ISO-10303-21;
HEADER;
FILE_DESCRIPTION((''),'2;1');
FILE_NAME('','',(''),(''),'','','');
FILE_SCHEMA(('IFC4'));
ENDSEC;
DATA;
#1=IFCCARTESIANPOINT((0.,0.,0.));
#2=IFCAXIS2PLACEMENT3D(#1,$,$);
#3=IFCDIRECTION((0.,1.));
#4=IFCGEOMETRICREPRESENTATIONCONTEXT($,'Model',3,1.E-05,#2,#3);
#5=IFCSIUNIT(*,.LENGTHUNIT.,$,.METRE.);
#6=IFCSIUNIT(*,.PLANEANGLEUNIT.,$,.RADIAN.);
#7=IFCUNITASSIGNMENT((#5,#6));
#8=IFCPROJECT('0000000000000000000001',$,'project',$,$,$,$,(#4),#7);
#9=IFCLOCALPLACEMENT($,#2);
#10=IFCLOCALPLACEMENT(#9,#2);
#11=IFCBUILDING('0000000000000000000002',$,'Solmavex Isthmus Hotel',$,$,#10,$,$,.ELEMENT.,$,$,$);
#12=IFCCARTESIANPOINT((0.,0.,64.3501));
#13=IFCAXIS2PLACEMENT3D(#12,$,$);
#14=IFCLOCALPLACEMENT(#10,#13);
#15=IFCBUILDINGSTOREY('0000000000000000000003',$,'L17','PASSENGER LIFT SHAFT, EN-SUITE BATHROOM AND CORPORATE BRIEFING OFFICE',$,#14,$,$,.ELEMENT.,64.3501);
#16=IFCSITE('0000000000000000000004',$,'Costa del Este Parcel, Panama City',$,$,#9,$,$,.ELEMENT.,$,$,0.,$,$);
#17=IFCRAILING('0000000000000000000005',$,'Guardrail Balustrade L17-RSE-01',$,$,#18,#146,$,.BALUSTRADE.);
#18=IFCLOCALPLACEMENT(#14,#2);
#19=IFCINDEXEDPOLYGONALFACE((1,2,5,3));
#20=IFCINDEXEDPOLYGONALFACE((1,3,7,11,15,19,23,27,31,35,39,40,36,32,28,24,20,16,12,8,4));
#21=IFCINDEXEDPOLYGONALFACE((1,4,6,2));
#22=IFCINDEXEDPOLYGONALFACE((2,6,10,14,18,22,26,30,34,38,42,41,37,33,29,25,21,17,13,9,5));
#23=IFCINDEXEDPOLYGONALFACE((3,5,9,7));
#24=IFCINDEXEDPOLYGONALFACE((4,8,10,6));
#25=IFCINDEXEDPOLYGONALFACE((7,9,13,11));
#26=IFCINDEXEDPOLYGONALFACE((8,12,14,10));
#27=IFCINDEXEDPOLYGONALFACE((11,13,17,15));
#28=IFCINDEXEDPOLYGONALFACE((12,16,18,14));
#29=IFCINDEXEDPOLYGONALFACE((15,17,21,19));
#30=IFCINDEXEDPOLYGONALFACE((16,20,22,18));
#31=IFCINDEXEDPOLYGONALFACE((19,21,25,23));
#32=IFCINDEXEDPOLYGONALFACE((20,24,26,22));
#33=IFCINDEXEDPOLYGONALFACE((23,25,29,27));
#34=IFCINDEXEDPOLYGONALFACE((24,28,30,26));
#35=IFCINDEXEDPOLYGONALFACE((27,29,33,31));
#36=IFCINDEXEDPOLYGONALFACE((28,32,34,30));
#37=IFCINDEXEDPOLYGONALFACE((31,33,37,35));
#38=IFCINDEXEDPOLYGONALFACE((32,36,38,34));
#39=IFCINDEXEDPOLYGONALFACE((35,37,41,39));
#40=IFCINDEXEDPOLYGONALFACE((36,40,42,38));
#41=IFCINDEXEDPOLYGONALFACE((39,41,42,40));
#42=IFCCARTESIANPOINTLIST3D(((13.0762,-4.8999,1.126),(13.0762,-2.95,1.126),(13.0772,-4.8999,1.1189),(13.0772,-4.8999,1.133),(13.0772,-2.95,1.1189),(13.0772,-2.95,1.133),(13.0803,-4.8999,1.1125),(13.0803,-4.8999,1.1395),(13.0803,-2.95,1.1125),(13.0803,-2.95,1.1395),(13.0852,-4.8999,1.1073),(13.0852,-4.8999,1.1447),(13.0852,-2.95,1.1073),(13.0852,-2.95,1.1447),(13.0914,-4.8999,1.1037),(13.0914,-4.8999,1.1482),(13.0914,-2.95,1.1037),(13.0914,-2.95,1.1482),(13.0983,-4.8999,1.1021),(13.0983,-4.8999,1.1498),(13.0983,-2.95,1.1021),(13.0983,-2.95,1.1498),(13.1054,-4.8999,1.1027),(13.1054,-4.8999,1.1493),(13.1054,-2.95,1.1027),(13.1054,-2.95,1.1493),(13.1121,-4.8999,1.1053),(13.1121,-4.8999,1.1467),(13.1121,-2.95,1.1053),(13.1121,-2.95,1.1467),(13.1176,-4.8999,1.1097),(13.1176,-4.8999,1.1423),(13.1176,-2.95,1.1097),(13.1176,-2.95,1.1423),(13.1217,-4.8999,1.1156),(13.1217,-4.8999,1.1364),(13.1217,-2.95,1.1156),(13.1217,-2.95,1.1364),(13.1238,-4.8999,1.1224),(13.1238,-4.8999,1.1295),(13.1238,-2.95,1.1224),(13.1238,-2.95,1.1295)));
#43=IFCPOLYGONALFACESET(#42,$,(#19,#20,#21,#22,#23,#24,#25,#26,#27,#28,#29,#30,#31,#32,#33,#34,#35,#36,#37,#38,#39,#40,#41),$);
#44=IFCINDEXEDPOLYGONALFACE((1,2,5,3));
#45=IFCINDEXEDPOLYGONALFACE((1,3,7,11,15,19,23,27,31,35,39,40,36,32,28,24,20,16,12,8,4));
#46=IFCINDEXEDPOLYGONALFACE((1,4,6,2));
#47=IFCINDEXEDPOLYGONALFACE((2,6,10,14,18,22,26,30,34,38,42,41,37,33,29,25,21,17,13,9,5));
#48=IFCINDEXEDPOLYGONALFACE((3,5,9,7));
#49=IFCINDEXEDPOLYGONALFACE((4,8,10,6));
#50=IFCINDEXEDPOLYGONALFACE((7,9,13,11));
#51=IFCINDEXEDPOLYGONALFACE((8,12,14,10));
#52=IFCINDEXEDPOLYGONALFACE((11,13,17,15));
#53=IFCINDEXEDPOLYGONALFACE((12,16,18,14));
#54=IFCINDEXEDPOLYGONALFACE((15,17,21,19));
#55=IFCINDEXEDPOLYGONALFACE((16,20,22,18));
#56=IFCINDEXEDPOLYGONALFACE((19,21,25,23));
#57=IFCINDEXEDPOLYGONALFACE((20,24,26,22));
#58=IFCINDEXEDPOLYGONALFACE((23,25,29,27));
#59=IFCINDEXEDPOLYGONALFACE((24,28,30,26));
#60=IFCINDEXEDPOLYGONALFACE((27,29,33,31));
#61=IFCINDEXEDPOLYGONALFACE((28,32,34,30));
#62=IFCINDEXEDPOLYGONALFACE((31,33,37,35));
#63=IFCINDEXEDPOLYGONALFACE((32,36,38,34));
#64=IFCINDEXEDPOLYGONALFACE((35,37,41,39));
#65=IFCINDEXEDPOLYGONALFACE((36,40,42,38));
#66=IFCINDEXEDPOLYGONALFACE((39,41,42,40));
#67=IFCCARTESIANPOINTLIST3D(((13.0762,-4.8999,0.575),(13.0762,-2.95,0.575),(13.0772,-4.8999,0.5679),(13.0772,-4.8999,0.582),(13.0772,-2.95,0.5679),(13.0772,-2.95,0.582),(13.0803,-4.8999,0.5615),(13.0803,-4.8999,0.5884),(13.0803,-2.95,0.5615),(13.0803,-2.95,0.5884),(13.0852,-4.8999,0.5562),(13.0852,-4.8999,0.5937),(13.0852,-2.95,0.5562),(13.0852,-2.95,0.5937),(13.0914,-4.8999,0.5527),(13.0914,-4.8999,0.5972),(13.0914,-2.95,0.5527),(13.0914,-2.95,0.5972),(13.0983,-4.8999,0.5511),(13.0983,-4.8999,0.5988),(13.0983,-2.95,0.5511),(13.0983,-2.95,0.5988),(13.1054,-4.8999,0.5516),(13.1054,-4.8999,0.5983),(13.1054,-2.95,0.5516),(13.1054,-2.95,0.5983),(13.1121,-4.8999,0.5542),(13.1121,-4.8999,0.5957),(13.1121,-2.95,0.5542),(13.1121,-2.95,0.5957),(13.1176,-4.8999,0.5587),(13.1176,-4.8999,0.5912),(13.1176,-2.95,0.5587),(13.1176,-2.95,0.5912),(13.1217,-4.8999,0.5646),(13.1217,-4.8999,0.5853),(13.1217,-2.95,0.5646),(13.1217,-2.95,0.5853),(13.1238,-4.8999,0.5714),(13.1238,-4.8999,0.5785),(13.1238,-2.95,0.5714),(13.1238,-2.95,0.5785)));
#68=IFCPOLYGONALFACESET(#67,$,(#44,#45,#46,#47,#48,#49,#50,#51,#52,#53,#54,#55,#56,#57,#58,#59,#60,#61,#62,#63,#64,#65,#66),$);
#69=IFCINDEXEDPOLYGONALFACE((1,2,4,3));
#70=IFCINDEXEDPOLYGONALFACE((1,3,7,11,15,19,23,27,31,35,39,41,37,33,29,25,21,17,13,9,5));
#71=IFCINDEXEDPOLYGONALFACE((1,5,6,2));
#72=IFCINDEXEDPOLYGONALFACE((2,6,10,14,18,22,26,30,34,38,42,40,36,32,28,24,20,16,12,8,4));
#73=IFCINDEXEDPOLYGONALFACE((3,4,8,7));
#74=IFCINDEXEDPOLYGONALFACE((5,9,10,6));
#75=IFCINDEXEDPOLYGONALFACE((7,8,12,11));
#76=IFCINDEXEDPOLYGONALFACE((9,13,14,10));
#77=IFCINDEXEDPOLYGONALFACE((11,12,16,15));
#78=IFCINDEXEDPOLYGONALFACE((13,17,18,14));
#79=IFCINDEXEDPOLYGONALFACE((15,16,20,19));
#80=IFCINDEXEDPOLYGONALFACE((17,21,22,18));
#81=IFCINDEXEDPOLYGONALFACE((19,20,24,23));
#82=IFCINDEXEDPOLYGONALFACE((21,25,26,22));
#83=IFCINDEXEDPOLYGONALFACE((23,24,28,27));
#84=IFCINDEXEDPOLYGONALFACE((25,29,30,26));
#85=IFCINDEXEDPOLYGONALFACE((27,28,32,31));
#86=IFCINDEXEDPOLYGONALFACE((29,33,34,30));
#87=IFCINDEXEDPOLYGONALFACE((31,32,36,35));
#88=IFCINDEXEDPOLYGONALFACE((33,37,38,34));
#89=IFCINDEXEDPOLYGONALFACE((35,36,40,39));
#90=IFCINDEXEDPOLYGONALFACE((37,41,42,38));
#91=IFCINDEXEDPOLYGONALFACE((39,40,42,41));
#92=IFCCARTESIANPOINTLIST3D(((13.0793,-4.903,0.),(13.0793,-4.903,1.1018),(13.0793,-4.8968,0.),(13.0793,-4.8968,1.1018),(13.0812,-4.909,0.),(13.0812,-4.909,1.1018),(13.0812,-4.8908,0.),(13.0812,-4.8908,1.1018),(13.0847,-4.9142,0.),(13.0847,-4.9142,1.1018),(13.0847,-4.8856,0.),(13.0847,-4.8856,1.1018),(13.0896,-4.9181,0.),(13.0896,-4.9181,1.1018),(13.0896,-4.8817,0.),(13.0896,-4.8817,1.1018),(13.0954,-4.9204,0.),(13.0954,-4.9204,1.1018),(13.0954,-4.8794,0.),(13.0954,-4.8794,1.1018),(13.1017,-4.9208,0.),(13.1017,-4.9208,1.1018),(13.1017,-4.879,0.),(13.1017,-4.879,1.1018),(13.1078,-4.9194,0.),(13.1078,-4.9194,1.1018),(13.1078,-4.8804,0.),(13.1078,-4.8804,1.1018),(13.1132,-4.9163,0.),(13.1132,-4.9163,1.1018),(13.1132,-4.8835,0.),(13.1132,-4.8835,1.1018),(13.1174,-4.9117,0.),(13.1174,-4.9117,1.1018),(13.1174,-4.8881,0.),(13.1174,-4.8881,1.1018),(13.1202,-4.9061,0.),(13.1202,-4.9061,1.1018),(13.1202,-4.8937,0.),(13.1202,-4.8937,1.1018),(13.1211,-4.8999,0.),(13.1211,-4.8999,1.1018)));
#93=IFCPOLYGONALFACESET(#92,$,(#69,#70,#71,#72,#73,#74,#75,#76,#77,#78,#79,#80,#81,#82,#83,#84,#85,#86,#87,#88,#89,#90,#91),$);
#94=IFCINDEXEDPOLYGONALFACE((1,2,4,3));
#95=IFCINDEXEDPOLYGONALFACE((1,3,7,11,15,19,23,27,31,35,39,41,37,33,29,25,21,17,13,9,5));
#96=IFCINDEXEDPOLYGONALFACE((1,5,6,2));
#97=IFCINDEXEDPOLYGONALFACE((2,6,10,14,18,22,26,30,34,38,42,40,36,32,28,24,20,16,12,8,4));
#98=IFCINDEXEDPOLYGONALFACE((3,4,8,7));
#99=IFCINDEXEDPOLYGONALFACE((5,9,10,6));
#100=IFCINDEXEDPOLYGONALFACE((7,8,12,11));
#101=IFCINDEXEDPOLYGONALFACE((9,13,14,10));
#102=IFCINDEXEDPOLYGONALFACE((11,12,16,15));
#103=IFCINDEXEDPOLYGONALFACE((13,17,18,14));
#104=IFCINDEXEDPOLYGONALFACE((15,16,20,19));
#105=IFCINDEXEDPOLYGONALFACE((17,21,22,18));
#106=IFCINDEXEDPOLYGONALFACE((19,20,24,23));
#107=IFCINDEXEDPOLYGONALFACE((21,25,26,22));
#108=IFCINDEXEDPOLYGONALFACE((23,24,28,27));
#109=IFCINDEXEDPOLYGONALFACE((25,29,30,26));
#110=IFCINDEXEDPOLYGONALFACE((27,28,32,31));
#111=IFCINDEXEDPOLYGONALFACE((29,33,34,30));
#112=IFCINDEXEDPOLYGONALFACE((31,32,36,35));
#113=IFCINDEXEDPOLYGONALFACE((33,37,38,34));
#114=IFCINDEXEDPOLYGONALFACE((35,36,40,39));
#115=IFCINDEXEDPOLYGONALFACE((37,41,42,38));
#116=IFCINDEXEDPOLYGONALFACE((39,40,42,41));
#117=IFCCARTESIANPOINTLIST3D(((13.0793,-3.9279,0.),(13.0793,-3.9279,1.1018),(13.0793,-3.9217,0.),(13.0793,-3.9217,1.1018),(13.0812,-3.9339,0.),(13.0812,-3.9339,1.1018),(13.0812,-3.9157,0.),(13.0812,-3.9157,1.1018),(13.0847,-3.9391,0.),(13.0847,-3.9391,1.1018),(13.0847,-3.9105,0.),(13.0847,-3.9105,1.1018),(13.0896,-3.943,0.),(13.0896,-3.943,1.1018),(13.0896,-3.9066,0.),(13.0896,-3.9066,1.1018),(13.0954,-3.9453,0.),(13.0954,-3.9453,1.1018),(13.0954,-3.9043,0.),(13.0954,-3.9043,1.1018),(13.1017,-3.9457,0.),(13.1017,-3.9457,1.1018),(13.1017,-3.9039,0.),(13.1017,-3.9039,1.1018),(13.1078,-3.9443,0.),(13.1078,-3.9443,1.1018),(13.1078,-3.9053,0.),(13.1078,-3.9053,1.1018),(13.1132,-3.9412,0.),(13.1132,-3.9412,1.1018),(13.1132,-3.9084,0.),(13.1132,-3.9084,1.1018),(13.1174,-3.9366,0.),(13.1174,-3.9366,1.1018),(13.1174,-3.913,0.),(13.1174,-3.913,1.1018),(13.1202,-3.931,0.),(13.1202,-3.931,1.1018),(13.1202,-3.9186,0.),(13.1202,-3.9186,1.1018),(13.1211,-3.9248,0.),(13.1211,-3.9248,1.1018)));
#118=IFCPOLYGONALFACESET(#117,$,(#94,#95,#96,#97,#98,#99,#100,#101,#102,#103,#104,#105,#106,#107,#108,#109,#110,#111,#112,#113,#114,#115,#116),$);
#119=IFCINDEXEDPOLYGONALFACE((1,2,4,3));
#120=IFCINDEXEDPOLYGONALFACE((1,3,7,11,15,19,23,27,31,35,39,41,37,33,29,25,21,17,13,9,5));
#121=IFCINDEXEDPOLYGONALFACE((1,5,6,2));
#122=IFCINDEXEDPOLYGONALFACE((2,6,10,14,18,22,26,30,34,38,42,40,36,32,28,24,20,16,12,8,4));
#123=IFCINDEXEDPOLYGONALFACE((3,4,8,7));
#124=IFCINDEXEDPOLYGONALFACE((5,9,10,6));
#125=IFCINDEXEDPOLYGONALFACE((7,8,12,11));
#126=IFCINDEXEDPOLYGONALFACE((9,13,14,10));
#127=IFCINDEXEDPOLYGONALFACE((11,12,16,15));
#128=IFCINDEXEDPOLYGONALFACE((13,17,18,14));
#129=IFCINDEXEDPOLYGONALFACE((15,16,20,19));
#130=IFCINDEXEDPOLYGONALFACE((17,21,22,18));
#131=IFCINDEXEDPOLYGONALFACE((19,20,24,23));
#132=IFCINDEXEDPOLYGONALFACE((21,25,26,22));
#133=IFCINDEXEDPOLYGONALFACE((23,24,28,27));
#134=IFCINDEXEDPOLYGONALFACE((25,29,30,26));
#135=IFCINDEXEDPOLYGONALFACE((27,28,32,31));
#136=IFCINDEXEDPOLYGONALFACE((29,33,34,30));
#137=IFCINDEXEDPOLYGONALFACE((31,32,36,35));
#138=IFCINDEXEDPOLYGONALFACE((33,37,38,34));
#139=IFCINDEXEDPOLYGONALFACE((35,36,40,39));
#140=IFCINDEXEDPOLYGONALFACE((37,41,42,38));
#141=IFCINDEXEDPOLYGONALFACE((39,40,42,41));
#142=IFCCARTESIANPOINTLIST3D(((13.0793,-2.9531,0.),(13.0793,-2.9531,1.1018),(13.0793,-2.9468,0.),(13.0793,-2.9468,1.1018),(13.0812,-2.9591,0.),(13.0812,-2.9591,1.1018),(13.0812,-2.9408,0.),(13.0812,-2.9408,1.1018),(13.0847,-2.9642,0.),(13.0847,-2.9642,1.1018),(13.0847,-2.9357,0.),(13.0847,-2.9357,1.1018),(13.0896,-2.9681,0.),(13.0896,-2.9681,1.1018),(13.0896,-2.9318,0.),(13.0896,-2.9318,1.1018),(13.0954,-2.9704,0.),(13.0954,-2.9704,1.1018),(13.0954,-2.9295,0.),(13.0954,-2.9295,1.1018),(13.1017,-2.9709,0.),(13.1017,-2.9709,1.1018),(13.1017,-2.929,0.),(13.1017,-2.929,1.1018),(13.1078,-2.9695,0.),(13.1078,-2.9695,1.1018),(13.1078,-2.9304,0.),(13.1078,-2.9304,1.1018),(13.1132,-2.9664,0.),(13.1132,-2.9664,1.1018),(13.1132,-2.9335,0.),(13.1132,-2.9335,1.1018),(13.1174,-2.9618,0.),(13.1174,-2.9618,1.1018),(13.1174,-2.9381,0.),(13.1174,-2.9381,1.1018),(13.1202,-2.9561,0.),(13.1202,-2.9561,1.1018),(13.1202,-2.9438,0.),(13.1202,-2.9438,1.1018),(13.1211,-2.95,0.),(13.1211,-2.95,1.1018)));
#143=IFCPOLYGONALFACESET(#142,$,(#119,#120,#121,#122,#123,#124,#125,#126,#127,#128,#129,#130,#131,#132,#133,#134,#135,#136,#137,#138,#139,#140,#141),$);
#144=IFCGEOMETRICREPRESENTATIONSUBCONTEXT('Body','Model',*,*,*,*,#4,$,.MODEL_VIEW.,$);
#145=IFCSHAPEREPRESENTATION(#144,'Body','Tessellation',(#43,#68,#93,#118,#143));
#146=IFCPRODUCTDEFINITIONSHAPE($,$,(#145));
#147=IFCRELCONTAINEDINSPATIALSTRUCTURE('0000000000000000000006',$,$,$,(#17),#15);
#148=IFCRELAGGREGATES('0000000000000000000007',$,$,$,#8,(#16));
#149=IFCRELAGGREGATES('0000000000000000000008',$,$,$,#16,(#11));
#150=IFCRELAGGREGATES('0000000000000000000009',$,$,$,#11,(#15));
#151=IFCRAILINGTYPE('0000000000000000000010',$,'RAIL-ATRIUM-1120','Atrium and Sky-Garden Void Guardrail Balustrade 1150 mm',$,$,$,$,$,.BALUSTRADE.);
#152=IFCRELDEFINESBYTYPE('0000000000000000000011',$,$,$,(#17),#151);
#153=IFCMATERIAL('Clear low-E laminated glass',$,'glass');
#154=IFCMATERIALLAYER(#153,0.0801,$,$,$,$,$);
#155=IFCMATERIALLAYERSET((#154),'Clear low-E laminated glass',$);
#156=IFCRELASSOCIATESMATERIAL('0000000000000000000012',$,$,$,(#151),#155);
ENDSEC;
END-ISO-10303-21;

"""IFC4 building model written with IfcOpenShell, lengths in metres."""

from ifc_helpers import new_model, si_unit, direction, frame, origin, origin_2d, place, context, subcontext, project, spatial, circle, extrude, material, layer, layer_set, type_object, element, save


model = new_model("IFC4")

# Units and contexts
model_context = context("Model", 3, precision=1e-05, world=origin(), true_north=direction((0.0, 1.0)))
body_context = subcontext(model_context, "Body", "Model", "MODEL_VIEW")
ifc_project = project(units=[si_unit("LENGTHUNIT", "METRE"), si_unit("PLANEANGLEUNIT", "RADIAN")], contexts=[model_context])

# Site, building, storey
site_placement = place(None, origin())
site = spatial("IfcSite", under=ifc_project, at=site_placement, Name="Costa del Este Parcel, Panama City", CompositionType="ELEMENT", RefElevation=0.0)
building_placement = place(site_placement, origin())
building = spatial("IfcBuilding", under=site, at=building_placement, Name="Solmavex Isthmus Hotel", CompositionType="ELEMENT")
storey_placement = place(building_placement, frame((0.0, 0.0, 64.3501)))
storey = spatial("IfcBuildingStorey", under=building, at=storey_placement, Name="L17", Description="PASSENGER LIFT SHAFT, EN-SUITE BATHROOM AND CORPORATE BRIEFING OFFICE", CompositionType="ELEMENT", Elevation=64.3501)

# Shared definitions
ifc_material_1 = material(Name="Clear low-E laminated glass", Category="glass")

# Railing
ifc_layer_1 = layer(ifc_material_1, 0.0801)
ifc_layer_set_1 = layer_set([ifc_layer_1], Name="Clear low-E laminated glass")
railing_type_1 = type_object("IfcRailingType", Name="RAIL-ATRIUM-1120", Description="Atrium and Sky-Garden Void Guardrail Balustrade 1150 mm", PredefinedType="BALUSTRADE", material=ifc_layer_set_1)
railing_1_placement = place(storey_placement, frame((13.1001, -4.8999, 0.0)))
element("IfcRailing", 1, at=railing_1_placement, inside=storey, type_object=railing_type_1, Name="Guardrail Balustrade L17-RSE-01", PredefinedType="BALUSTRADE", context=body_context, shape_type="SweptSolid", body=[
    extrude(circle(Radius=0.0239, at=origin_2d()), frame((0.0, 0.0, 1.126), z_axis=(0.0, 1.0, 0.0), x_axis=(-1.0, 0.0, 0.0)), (0.0, 0.0, 1.0), 1.95),
    extrude(circle(Radius=0.0239, at=origin_2d()), frame((0.0, 0.0, 0.575), z_axis=(0.0, 1.0, 0.0), x_axis=(-1.0, 0.0, 0.0)), (0.0, 0.0, 1.0), 1.95),
    extrude(circle(Radius=0.021, at=origin_2d()), origin(), (0.0, 0.0, 1.0), 1.1018),
    extrude(circle(Radius=0.021, at=origin_2d()), frame((0.0, 0.9751, 0.0)), (0.0, 0.0, 1.0), 1.1018),
    extrude(circle(Radius=0.021, at=origin_2d()), frame((0.0, 1.95, 0.0)), (0.0, 0.0, 1.0), 1.1018),
])

save(model, "model.ifc")
